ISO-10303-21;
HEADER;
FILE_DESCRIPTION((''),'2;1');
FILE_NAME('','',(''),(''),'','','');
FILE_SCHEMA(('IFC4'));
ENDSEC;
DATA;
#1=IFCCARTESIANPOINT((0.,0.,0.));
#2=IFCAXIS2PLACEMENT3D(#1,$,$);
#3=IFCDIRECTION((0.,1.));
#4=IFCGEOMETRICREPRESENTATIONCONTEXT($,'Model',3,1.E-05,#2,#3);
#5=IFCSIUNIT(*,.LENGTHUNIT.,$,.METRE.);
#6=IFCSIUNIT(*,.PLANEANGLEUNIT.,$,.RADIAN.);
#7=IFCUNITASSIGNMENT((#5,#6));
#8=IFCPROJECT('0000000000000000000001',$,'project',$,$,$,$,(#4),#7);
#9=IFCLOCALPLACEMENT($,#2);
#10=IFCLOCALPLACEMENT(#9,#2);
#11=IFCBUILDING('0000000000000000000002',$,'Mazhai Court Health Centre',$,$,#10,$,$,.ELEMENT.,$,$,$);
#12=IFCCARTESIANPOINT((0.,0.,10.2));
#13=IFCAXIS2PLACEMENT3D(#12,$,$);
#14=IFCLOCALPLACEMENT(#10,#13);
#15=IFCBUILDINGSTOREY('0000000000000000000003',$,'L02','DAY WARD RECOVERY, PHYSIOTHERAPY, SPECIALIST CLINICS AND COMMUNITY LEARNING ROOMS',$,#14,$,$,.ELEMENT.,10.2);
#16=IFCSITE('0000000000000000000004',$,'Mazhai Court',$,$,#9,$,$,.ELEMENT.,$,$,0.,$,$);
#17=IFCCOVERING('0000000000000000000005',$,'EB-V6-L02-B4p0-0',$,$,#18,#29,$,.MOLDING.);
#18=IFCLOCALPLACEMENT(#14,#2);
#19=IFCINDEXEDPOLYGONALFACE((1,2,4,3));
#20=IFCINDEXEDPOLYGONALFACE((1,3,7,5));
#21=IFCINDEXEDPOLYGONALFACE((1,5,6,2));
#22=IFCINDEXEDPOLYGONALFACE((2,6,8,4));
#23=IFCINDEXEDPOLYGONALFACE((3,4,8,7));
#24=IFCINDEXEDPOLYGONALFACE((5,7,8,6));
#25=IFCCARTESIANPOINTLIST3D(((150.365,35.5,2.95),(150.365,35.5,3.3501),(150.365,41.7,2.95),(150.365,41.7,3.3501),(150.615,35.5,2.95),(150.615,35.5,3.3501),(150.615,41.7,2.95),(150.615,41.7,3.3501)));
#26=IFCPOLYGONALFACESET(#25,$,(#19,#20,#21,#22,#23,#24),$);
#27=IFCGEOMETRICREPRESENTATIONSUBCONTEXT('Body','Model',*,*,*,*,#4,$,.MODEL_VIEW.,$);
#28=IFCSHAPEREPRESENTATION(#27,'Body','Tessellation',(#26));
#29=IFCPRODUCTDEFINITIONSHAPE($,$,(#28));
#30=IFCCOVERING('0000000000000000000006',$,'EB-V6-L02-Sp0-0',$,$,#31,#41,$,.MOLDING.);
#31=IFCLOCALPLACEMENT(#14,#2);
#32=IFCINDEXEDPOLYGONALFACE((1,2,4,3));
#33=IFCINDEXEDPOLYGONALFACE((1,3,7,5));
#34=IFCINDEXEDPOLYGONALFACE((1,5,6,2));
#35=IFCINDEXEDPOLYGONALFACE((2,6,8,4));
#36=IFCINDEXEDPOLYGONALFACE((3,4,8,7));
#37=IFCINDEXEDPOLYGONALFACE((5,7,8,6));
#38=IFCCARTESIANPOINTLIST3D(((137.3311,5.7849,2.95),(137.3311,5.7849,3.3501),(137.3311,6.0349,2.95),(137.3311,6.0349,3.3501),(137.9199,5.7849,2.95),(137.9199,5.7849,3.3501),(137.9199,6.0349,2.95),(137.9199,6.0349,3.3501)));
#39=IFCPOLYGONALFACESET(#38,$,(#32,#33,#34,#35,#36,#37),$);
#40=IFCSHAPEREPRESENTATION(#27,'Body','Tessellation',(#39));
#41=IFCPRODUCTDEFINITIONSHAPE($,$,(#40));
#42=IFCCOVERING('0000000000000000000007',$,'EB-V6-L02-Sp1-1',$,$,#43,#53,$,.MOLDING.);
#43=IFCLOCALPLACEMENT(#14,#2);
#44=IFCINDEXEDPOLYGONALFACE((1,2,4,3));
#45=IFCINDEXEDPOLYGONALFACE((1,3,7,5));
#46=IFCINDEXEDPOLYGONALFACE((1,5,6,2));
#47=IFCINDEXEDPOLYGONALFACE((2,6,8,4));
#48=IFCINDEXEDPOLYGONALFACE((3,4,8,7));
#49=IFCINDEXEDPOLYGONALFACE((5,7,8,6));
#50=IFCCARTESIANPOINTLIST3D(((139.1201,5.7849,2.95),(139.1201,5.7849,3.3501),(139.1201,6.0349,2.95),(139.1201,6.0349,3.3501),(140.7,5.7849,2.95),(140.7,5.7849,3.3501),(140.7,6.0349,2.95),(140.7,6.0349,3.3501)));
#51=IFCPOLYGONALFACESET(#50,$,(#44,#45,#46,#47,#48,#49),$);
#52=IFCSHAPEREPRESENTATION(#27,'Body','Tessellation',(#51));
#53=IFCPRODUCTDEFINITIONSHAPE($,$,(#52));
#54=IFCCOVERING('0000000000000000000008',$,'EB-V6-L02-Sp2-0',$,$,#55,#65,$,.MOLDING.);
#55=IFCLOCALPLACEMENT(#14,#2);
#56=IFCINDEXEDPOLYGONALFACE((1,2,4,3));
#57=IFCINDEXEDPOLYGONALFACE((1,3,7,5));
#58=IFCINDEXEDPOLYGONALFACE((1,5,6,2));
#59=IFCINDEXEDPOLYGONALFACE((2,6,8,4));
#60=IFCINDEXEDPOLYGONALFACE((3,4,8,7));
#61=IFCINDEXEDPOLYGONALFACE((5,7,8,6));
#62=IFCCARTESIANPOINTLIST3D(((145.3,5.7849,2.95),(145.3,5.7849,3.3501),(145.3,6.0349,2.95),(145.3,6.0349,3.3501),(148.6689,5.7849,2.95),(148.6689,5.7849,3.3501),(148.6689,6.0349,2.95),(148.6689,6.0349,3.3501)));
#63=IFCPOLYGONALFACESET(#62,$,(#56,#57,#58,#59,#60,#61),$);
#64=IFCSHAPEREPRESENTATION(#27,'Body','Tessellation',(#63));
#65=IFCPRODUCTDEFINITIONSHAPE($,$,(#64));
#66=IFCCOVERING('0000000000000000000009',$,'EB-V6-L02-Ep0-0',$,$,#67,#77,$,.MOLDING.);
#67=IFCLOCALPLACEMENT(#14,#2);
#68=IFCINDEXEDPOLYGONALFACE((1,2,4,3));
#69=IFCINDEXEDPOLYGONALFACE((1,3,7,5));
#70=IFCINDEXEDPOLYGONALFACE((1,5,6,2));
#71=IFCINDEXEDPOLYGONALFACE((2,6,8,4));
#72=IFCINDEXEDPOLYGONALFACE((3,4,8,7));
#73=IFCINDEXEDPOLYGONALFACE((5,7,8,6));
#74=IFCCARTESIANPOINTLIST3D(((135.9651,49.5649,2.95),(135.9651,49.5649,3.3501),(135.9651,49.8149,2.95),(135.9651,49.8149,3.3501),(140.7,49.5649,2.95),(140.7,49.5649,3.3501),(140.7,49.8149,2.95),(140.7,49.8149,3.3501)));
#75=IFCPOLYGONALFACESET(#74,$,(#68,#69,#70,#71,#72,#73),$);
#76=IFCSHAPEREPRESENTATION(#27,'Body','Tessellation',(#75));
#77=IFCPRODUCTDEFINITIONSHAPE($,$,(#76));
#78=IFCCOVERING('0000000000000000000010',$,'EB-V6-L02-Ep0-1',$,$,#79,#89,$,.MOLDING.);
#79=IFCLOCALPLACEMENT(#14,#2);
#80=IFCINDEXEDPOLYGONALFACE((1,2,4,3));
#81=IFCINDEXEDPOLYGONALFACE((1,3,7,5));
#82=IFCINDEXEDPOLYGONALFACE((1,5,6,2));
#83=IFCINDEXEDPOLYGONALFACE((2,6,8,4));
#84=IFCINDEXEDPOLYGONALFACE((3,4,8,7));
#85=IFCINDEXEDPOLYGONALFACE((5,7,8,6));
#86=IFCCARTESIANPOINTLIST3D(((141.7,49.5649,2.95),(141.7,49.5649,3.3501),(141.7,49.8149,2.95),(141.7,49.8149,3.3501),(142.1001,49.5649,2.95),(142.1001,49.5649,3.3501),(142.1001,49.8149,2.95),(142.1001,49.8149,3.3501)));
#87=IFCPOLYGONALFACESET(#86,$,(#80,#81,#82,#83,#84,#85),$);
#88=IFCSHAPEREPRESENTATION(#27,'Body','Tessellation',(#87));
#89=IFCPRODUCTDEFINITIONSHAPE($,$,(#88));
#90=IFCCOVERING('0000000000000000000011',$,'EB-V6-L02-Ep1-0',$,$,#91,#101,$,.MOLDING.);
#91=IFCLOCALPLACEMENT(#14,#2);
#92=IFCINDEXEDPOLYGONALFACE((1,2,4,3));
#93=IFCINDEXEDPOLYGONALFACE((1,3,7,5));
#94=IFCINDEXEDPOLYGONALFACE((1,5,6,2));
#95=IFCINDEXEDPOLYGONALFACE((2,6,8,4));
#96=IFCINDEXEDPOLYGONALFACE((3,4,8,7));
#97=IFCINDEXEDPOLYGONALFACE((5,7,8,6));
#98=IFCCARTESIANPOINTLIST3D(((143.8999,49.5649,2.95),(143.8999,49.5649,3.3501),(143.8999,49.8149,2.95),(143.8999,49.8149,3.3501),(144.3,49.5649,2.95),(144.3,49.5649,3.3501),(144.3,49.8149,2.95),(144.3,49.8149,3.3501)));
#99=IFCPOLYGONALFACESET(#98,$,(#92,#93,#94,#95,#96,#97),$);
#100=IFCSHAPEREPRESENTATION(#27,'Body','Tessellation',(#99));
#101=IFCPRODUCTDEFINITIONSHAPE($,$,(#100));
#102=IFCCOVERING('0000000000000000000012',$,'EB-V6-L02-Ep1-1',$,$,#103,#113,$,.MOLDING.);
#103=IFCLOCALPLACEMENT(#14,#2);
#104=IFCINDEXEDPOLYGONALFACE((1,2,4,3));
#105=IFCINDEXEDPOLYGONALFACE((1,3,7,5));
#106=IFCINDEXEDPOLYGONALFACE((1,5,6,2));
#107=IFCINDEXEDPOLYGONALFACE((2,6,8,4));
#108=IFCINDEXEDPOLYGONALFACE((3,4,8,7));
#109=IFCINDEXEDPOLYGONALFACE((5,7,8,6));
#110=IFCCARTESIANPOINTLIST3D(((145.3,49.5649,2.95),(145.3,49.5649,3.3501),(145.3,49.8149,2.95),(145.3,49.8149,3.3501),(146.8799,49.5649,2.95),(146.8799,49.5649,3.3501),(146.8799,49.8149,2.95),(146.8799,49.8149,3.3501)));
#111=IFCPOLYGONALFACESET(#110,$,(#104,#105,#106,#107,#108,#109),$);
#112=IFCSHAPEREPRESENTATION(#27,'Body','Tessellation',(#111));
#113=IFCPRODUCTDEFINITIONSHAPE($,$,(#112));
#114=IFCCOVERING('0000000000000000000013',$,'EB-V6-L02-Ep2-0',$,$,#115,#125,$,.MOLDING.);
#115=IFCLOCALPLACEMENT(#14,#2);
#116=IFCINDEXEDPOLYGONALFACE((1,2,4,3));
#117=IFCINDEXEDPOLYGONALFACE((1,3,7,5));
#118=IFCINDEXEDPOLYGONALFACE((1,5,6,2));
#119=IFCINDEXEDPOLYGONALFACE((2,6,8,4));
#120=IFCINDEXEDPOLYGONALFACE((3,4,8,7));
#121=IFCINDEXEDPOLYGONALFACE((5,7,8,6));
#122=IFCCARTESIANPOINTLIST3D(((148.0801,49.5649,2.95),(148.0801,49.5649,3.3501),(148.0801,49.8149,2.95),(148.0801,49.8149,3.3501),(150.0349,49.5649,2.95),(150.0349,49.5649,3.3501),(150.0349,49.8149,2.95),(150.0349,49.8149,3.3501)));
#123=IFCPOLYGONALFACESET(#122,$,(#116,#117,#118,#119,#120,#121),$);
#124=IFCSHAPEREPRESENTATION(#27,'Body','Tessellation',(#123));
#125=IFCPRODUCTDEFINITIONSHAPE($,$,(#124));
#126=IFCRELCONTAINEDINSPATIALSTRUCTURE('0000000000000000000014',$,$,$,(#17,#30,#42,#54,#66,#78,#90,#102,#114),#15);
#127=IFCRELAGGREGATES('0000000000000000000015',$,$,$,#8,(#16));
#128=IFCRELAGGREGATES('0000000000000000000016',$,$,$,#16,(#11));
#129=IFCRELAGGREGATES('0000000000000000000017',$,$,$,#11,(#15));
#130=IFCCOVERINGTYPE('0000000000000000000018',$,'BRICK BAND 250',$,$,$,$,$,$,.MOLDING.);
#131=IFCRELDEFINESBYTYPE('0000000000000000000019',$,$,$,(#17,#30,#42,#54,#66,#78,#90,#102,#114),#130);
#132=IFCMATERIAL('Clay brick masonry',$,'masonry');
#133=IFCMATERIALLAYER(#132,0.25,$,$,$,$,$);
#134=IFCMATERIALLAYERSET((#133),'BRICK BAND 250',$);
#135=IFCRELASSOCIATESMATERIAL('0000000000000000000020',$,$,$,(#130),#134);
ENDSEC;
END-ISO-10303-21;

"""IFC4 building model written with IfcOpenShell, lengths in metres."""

from ifc_helpers import new_model, si_unit, direction, frame, origin, place, context, subcontext, project, spatial, polyline, outline, extrude, material, layer, layer_set, type_object, element, save


model = new_model("IFC4")

# Units and contexts
model_context = context("Model", 3, precision=1e-05, world=origin(), true_north=direction((0.0, 1.0)))
body_context = subcontext(model_context, "Body", "Model", "MODEL_VIEW")
ifc_project = project(units=[si_unit("LENGTHUNIT", "METRE"), si_unit("PLANEANGLEUNIT", "RADIAN")], contexts=[model_context])

# Site, building, storey
site_placement = place(None, origin())
site = spatial("IfcSite", under=ifc_project, at=site_placement, Name="Mazhai Court", CompositionType="ELEMENT", RefElevation=0.0)
building_placement = place(site_placement, origin())
building = spatial("IfcBuilding", under=site, at=building_placement, Name="Mazhai Court Health Centre", CompositionType="ELEMENT")
storey_placement = place(building_placement, frame((0.0, 0.0, 10.2)))
storey = spatial("IfcBuildingStorey", under=building, at=storey_placement, Name="L02", Description="DAY WARD RECOVERY, PHYSIOTHERAPY, SPECIALIST CLINICS AND COMMUNITY LEARNING ROOMS", CompositionType="ELEMENT", Elevation=10.2)

# Coverings
ifc_material = material(Name="Clay brick masonry", Category="masonry")
ifc_layer = layer(ifc_material, 0.25)
ifc_layer_set = layer_set([ifc_layer], Name="BRICK BAND 250")
covering_type = type_object("IfcCoveringType", Name="BRICK BAND 250", PredefinedType="MOLDING", material=ifc_layer_set)
covering_1_placement = place(storey_placement, frame((0.0, 0.0, 2.95)))
element("IfcCovering", 1, at=covering_1_placement, inside=storey, type_object=covering_type, Name="EB-V6-L02-B4p0-0", PredefinedType="MOLDING", context=body_context, shape_type="SweptSolid", body=[
    extrude(outline(polyline([(150.365, 41.7), (150.365, 35.5), (150.615, 35.5), (150.615, 41.7), (150.365, 41.7)])), origin(), (0.0, 0.0, 1.0), 0.4001),
])
covering_2_placement = place(storey_placement, frame((0.0, 0.0, 2.95)))
element("IfcCovering", 2, at=covering_2_placement, inside=storey, type_object=covering_type, Name="EB-V6-L02-Sp0-0", PredefinedType="MOLDING", context=body_context, shape_type="SweptSolid", body=[
    extrude(outline(polyline([(137.9199, 6.0349), (137.3311, 6.0349), (137.3311, 5.7849), (137.9199, 5.7849), (137.9199, 6.0349)])), origin(), (0.0, 0.0, 1.0), 0.4001),
])
covering_3_placement = place(storey_placement, frame((0.0, 0.0, 2.95)))
element("IfcCovering", 3, at=covering_3_placement, inside=storey, type_object=covering_type, Name="EB-V6-L02-Sp1-1", PredefinedType="MOLDING", context=body_context, shape_type="SweptSolid", body=[
    extrude(outline(polyline([(140.7, 6.0349), (139.1201, 6.0349), (139.1201, 5.7849), (140.7, 5.7849), (140.7, 6.0349)])), origin(), (0.0, 0.0, 1.0), 0.4001),
])
covering_4_placement = place(storey_placement, frame((0.0, 0.0, 2.95)))
element("IfcCovering", 4, at=covering_4_placement, inside=storey, type_object=covering_type, Name="EB-V6-L02-Sp2-0", PredefinedType="MOLDING", context=body_context, shape_type="SweptSolid", body=[
    extrude(outline(polyline([(148.6689, 6.0349), (145.3, 6.0349), (145.3, 5.7849), (148.6689, 5.7849), (148.6689, 6.0349)])), origin(), (0.0, 0.0, 1.0), 0.4001),
])
covering_5_placement = place(storey_placement, frame((0.0, 0.0, 2.95)))
element("IfcCovering", 5, at=covering_5_placement, inside=storey, type_object=covering_type, Name="EB-V6-L02-Ep0-0", PredefinedType="MOLDING", context=body_context, shape_type="SweptSolid", body=[
    extrude(outline(polyline([(135.9651, 49.5649), (140.7, 49.5649), (140.7, 49.8149), (135.9651, 49.8149), (135.9651, 49.5649)])), origin(), (0.0, 0.0, 1.0), 0.4001),
])
covering_6_placement = place(storey_placement, frame((0.0, 0.0, 2.95)))
element("IfcCovering", 6, at=covering_6_placement, inside=storey, type_object=covering_type, Name="EB-V6-L02-Ep0-1", PredefinedType="MOLDING", context=body_context, shape_type="SweptSolid", body=[
    extrude(outline(polyline([(141.7, 49.5649), (142.1001, 49.5649), (142.1001, 49.8149), (141.7, 49.8149), (141.7, 49.5649)])), origin(), (0.0, 0.0, 1.0), 0.4001),
])
covering_7_placement = place(storey_placement, frame((0.0, 0.0, 2.95)))
element("IfcCovering", 7, at=covering_7_placement, inside=storey, type_object=covering_type, Name="EB-V6-L02-Ep1-0", PredefinedType="MOLDING", context=body_context, shape_type="SweptSolid", body=[
    extrude(outline(polyline([(143.8999, 49.5649), (144.3, 49.5649), (144.3, 49.8149), (143.8999, 49.8149), (143.8999, 49.5649)])), origin(), (0.0, 0.0, 1.0), 0.4001),
])
covering_8_placement = place(storey_placement, frame((0.0, 0.0, 2.95)))
element("IfcCovering", 8, at=covering_8_placement, inside=storey, type_object=covering_type, Name="EB-V6-L02-Ep1-1", PredefinedType="MOLDING", context=body_context, shape_type="SweptSolid", body=[
    extrude(outline(polyline([(145.3, 49.5649), (146.8799, 49.5649), (146.8799, 49.8149), (145.3, 49.8149), (145.3, 49.5649)])), origin(), (0.0, 0.0, 1.0), 0.4001),
])
covering_9_placement = place(storey_placement, frame((0.0, 0.0, 2.95)))
element("IfcCovering", 9, at=covering_9_placement, inside=storey, type_object=covering_type, Name="EB-V6-L02-Ep2-0", PredefinedType="MOLDING", context=body_context, shape_type="SweptSolid", body=[
    extrude(outline(polyline([(148.0801, 49.5649), (150.0349, 49.5649), (150.0349, 49.8149), (148.0801, 49.8149), (148.0801, 49.5649)])), origin(), (0.0, 0.0, 1.0), 0.4001),
])

save(model, "model.ifc")
